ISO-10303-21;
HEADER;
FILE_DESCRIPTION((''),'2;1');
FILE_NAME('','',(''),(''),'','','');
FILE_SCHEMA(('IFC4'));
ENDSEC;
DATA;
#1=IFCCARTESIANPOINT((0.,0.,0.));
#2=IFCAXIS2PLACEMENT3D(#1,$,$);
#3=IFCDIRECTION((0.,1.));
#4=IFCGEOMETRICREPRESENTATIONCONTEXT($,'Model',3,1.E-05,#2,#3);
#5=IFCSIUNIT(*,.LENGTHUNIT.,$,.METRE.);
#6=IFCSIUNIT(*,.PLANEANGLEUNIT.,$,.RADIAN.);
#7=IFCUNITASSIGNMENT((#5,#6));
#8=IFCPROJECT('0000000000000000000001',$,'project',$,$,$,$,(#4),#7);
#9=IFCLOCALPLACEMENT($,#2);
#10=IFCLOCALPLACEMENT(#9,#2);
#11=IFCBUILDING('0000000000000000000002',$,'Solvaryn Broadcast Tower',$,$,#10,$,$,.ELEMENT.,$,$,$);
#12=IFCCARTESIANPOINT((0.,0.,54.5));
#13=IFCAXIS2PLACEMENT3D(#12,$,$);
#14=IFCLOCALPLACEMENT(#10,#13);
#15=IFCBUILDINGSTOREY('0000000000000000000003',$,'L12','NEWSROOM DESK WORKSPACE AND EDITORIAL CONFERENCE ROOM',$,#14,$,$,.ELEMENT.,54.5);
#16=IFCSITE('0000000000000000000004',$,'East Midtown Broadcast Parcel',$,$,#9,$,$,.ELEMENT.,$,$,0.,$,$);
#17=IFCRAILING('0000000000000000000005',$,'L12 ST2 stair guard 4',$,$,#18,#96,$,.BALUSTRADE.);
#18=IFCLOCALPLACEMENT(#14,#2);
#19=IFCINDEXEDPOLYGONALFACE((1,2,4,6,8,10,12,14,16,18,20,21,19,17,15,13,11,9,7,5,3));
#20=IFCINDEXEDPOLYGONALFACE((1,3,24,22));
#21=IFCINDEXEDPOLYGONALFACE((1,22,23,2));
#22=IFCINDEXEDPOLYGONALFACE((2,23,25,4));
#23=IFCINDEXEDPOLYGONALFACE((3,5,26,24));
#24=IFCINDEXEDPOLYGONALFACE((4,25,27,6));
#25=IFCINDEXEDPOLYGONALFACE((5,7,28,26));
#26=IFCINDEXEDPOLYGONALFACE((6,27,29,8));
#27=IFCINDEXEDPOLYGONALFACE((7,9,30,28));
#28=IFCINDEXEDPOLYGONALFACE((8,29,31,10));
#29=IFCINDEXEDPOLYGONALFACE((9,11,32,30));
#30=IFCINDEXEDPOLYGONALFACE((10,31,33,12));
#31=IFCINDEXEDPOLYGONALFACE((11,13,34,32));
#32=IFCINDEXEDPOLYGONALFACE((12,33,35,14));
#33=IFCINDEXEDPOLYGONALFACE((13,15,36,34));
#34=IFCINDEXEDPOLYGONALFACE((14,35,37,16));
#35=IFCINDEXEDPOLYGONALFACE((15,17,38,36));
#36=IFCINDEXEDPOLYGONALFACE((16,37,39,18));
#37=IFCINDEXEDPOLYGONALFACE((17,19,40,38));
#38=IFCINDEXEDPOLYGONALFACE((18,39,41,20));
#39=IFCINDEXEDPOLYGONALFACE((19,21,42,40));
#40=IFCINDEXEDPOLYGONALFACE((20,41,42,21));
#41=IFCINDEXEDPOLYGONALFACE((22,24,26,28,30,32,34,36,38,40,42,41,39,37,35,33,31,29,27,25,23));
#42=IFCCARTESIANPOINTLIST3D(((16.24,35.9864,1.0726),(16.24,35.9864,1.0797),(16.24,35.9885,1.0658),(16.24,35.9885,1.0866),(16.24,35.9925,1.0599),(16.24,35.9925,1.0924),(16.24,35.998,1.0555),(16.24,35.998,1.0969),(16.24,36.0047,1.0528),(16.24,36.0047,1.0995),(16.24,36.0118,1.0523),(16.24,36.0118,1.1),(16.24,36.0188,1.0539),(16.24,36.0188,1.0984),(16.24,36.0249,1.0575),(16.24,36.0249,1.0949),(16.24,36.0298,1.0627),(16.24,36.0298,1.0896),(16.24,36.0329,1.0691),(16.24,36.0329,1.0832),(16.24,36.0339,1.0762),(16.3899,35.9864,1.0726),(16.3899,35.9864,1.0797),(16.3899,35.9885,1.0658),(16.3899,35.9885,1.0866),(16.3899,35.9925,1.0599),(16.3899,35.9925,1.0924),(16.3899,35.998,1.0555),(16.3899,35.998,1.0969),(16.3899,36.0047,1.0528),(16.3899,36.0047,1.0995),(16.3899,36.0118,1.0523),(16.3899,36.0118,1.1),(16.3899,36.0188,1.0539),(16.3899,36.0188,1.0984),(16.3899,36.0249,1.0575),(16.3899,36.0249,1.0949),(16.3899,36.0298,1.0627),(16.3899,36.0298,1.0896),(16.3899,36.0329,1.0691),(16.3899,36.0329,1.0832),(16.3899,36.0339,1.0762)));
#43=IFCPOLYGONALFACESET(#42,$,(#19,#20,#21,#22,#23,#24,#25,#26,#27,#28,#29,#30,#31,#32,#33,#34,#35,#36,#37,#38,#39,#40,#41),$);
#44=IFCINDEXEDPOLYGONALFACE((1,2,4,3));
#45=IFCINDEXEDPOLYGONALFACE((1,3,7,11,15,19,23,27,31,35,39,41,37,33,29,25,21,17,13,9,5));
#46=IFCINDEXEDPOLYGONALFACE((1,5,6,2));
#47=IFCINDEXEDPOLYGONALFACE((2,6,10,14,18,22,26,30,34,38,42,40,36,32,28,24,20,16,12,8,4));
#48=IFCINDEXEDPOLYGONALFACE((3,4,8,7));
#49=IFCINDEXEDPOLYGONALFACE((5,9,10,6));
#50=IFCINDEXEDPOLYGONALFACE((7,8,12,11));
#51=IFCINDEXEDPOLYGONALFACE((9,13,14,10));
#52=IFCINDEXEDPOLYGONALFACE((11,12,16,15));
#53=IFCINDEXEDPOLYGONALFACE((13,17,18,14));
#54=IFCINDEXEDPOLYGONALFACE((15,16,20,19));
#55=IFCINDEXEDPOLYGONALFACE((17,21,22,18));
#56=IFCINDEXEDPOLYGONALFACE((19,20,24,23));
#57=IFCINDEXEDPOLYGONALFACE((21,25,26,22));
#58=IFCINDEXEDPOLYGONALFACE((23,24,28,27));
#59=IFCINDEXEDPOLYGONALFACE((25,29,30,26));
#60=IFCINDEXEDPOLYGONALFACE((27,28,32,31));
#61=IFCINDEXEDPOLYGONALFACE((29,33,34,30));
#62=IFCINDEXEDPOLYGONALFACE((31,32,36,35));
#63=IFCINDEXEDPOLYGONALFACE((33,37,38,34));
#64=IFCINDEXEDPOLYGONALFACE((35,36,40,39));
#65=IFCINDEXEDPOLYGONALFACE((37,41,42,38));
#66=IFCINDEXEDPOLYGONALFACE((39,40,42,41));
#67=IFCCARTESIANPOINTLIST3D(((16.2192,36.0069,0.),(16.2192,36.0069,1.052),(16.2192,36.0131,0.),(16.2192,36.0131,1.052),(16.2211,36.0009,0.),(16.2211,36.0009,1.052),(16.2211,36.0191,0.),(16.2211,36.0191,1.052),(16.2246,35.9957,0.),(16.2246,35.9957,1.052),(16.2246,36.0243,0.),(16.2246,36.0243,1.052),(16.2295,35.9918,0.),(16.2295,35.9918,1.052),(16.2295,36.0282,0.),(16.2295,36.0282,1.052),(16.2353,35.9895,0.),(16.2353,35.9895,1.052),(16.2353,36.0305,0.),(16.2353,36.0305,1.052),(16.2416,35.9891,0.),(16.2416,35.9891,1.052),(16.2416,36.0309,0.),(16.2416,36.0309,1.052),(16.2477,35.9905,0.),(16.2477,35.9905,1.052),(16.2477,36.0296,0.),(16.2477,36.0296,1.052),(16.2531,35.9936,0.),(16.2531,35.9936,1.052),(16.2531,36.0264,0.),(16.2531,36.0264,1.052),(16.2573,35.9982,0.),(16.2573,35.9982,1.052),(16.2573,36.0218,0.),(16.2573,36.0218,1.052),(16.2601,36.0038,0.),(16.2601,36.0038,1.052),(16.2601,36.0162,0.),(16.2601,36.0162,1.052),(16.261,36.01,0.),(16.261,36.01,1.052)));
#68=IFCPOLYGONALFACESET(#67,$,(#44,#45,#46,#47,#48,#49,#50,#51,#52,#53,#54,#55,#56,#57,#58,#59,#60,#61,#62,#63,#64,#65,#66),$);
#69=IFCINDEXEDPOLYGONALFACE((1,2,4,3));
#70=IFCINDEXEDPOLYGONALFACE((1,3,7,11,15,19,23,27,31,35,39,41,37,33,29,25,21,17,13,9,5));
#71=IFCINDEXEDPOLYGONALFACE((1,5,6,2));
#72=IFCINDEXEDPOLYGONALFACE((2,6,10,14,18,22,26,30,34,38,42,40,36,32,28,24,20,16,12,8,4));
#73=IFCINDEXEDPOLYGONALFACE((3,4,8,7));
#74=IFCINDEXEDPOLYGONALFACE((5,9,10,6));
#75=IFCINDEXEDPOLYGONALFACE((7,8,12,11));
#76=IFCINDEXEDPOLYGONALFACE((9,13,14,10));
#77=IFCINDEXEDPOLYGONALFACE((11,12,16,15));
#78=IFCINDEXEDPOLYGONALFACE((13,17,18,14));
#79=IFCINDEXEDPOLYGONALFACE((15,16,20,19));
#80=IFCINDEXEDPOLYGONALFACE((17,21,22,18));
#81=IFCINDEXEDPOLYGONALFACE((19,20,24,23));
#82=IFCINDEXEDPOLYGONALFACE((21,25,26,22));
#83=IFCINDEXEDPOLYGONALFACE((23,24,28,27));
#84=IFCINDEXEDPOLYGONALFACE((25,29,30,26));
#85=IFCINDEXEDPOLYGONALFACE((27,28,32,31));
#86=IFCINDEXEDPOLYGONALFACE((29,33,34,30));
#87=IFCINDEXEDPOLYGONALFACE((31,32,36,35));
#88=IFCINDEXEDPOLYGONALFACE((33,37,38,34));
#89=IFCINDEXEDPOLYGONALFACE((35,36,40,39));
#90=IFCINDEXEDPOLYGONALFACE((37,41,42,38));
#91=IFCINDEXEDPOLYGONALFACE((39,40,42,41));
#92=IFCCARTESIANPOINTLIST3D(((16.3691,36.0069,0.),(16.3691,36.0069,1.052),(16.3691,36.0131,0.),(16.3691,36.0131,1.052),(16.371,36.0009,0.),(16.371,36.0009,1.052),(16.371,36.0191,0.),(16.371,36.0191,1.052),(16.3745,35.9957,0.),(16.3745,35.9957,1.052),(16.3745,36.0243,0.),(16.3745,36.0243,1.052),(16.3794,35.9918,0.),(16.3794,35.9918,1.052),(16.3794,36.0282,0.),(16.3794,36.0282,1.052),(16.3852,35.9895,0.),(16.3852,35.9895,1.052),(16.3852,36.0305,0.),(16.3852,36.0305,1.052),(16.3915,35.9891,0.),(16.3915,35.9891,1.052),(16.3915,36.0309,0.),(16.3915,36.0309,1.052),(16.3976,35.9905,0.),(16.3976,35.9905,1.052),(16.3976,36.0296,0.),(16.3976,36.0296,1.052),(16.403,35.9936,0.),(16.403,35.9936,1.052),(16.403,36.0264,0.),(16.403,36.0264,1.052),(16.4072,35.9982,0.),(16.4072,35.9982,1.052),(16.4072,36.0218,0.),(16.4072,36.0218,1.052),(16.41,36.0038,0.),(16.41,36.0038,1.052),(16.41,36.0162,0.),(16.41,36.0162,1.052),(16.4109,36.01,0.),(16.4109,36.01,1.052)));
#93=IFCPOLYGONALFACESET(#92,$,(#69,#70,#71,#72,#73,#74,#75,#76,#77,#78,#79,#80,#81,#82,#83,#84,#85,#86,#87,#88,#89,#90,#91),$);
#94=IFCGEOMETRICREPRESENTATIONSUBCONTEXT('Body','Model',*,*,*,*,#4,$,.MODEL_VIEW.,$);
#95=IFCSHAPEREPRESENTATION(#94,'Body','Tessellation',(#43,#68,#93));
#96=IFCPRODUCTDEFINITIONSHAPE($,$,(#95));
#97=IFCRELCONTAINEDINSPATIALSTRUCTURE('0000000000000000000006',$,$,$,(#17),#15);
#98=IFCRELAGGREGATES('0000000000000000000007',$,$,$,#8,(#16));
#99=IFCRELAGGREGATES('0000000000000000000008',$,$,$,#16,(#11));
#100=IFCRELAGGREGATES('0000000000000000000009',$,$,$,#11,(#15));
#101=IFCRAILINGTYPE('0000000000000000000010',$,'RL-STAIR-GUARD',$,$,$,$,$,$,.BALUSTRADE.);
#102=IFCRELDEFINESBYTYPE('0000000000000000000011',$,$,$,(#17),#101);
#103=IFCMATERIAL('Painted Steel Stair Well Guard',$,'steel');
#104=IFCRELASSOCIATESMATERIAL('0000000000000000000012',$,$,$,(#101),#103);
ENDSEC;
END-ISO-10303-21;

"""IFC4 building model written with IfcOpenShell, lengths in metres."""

from ifc_helpers import new_model, si_unit, direction, frame, origin, origin_2d, place, context, subcontext, project, spatial, circle, extrude, material, type_object, element, save


model = new_model("IFC4")

# Units and contexts
model_context = context("Model", 3, precision=1e-05, world=origin(), true_north=direction((0.0, 1.0)))
body_context = subcontext(model_context, "Body", "Model", "MODEL_VIEW")
ifc_project = project(units=[si_unit("LENGTHUNIT", "METRE"), si_unit("PLANEANGLEUNIT", "RADIAN")], contexts=[model_context])

# Site, building, storey
site_placement = place(None, origin())
site = spatial("IfcSite", under=ifc_project, at=site_placement, Name="East Midtown Broadcast Parcel", CompositionType="ELEMENT", RefElevation=0.0)
building_placement = place(site_placement, origin())
building = spatial("IfcBuilding", under=site, at=building_placement, Name="Solvaryn Broadcast Tower", CompositionType="ELEMENT")
storey_placement = place(building_placement, frame((0.0, 0.0, 54.5)))
storey = spatial("IfcBuildingStorey", under=building, at=storey_placement, Name="L12", Description="NEWSROOM DESK WORKSPACE AND EDITORIAL CONFERENCE ROOM", CompositionType="ELEMENT", Elevation=54.5)

# Railing
ifc_material_1 = material(Name="Painted Steel Stair Well Guard", Category="steel")
railing_type_1 = type_object("IfcRailingType", Name="RL-STAIR-GUARD", PredefinedType="BALUSTRADE", material=ifc_material_1)
railing_1_placement = place(storey_placement, frame((16.24, 36.01, 0.0)))
element("IfcRailing", 1, at=railing_1_placement, inside=storey, type_object=railing_type_1, Name="L12 ST2 stair guard 4", PredefinedType="BALUSTRADE", context=body_context, shape_type="SweptSolid", body=[
    extrude(circle(Radius=0.0239, at=origin_2d()), frame((0.0, 0.0, 1.0762), z_axis=(1.0, 0.0, 0.0), x_axis=(0.0, 1.0, 0.0)), (0.0, 0.0, 1.0), 0.1499),
    extrude(circle(Radius=0.021, at=origin_2d()), origin(), (0.0, 0.0, 1.0), 1.052),
    extrude(circle(Radius=0.021, at=origin_2d()), frame((0.1499, 0.0, 0.0)), (0.0, 0.0, 1.0), 1.052),
])

save(model, "model.ifc")
